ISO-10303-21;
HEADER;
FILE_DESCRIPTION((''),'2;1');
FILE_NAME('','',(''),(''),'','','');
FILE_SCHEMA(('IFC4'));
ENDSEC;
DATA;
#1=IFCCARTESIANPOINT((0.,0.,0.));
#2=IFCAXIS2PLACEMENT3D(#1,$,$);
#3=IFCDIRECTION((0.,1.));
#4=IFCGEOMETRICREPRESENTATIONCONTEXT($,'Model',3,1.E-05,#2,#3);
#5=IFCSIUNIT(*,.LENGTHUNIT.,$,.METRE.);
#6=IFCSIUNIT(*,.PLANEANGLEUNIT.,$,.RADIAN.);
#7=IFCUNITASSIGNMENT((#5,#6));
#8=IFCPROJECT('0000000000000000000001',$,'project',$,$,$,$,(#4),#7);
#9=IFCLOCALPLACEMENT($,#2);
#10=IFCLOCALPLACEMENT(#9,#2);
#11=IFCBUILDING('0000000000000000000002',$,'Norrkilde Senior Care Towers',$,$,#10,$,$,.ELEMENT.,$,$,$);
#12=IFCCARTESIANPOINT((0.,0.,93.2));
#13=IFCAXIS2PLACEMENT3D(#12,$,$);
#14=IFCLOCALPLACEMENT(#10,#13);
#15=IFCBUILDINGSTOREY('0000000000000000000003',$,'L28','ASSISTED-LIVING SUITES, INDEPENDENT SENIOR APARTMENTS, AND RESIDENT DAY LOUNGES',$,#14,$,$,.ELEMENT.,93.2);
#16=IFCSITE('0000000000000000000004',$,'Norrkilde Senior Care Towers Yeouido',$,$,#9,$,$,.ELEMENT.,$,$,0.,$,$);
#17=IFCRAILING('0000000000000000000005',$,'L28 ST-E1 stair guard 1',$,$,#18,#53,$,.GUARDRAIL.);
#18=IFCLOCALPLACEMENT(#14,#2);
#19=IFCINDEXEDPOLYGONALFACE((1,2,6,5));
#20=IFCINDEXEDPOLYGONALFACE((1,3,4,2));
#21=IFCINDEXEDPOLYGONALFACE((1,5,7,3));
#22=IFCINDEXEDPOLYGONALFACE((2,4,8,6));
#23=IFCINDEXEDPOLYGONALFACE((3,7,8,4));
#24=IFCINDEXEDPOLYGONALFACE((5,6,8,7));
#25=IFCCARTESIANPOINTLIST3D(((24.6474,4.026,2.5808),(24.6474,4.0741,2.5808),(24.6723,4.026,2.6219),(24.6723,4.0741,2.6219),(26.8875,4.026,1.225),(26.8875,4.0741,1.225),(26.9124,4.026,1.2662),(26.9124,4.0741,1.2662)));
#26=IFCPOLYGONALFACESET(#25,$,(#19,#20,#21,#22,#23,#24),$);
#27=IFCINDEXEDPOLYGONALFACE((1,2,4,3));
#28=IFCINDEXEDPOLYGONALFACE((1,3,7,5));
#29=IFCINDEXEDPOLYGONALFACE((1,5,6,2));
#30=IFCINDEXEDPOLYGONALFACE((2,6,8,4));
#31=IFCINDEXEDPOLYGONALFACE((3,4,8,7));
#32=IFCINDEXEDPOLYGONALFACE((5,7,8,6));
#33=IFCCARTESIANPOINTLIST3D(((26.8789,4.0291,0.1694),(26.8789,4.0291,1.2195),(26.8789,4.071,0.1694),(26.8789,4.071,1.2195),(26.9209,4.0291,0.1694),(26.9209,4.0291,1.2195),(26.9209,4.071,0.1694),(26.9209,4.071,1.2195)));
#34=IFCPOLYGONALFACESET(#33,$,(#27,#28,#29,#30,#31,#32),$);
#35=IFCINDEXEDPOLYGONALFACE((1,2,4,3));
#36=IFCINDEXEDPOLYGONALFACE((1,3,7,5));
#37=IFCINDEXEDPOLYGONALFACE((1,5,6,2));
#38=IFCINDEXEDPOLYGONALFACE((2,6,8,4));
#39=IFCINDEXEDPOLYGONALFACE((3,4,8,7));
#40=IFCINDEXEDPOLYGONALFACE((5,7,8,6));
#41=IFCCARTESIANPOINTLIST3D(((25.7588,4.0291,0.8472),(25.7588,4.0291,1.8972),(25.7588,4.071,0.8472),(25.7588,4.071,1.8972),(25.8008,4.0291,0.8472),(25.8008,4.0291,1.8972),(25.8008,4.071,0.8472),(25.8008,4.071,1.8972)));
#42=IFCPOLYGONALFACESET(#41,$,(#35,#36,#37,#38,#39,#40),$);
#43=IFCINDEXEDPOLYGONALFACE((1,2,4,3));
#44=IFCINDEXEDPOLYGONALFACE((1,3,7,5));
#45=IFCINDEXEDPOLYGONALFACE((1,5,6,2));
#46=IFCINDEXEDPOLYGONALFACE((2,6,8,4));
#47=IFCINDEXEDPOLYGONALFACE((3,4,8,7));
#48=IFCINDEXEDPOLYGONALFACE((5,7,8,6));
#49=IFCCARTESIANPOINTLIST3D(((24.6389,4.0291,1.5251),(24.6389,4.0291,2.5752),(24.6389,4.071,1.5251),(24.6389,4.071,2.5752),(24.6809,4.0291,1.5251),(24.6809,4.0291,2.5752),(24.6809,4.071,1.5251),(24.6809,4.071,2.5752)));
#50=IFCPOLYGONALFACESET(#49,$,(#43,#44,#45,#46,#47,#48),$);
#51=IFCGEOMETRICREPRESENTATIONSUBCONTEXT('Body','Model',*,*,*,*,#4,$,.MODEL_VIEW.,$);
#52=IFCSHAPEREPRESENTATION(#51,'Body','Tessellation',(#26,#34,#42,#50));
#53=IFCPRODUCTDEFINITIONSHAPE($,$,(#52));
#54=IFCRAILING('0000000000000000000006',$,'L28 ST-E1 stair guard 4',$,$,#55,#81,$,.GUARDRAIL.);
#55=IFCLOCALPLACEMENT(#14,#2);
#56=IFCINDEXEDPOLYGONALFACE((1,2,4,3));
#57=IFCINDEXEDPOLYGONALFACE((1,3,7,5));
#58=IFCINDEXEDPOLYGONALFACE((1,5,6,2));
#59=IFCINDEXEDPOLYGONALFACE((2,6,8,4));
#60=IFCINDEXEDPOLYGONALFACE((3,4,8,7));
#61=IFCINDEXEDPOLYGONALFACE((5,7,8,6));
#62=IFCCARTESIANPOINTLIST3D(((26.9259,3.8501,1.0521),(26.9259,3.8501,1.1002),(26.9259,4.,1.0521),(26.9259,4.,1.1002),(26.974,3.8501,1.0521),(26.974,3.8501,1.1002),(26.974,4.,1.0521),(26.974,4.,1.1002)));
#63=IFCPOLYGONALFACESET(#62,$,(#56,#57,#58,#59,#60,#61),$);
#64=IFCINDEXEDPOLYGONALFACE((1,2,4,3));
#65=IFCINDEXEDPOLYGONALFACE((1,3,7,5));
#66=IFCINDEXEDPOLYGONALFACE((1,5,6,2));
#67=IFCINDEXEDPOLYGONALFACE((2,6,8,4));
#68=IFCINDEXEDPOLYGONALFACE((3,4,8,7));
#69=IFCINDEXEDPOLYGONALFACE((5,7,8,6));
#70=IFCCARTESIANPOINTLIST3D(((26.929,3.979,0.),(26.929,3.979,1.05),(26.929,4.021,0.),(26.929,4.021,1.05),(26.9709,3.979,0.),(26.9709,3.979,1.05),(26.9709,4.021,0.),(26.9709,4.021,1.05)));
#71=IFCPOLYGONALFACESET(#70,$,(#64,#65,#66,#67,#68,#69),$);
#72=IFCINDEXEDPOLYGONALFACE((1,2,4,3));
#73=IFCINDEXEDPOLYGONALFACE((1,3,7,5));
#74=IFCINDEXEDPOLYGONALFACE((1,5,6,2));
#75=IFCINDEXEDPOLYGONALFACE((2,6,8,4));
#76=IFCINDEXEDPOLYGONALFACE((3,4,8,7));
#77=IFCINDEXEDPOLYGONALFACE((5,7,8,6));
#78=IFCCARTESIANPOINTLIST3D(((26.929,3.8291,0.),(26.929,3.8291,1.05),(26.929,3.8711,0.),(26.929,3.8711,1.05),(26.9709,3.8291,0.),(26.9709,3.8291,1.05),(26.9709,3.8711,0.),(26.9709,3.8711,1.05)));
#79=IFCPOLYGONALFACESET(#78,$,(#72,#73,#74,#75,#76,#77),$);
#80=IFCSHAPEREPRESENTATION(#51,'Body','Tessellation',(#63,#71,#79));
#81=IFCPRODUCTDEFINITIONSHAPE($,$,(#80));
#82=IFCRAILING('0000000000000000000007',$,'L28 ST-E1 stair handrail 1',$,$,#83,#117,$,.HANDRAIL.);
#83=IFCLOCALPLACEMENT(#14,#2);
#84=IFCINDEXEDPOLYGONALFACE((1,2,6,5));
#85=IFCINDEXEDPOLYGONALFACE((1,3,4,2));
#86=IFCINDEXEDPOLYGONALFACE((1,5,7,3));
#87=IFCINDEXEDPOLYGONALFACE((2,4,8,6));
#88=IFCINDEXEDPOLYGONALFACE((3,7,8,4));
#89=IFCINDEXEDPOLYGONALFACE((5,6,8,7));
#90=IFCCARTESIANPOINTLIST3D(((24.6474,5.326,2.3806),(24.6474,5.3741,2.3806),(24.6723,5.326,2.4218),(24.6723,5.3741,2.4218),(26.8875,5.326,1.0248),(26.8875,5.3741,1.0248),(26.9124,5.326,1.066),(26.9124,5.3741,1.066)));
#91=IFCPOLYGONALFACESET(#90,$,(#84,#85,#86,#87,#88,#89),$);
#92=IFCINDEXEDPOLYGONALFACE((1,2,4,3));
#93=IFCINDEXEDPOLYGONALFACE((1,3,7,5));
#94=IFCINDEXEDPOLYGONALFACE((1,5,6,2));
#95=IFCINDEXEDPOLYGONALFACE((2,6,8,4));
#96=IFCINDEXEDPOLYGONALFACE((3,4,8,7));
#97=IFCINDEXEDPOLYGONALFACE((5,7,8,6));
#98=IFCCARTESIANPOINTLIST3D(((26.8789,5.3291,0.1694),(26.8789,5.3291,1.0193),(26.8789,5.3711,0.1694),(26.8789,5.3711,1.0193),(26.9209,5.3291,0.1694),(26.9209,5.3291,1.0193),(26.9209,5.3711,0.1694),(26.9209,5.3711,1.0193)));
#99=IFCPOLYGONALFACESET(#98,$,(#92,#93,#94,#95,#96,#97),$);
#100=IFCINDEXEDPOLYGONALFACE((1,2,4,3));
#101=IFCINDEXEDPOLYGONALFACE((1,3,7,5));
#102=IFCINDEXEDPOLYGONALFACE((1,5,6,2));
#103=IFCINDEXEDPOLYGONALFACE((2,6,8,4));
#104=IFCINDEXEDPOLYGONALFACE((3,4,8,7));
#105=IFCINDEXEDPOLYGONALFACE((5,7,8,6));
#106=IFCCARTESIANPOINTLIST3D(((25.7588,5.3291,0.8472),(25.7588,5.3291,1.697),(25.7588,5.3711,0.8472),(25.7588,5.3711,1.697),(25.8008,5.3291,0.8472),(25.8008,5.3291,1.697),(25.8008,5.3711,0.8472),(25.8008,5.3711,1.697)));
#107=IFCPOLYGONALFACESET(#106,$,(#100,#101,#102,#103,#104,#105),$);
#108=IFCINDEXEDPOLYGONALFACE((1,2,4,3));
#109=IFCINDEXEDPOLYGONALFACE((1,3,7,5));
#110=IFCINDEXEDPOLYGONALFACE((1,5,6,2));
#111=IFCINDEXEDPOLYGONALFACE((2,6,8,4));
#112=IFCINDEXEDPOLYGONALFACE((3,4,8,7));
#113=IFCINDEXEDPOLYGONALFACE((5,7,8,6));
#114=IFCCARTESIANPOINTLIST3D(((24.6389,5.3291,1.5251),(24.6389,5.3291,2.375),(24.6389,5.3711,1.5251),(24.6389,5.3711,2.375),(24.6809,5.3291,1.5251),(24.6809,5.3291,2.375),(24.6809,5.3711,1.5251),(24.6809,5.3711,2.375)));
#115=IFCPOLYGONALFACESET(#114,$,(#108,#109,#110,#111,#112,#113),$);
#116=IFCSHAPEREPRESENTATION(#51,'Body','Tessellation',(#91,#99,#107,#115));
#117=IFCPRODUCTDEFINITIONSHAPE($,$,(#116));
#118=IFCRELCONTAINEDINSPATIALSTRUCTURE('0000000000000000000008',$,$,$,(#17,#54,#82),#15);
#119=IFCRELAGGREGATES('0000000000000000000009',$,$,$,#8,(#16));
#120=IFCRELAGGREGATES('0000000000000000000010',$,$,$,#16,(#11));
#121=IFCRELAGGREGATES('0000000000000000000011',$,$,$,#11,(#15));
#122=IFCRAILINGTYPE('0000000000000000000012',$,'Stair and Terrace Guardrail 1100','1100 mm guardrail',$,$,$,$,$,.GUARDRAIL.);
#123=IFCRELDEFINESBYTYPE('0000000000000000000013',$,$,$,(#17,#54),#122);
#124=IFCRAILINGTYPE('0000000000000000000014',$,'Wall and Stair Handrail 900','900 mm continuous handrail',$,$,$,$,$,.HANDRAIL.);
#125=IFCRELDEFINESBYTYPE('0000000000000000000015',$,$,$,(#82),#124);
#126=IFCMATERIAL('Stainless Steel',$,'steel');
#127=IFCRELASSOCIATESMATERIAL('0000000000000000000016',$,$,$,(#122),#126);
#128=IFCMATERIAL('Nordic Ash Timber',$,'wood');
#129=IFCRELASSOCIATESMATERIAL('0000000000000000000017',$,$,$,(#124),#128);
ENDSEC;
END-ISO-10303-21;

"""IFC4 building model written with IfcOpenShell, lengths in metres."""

from ifc_helpers import new_model, si_unit, direction, frame, origin, origin_2d, place, context, subcontext, project, spatial, rectangle, extrude, material, type_object, element, save


model = new_model("IFC4")

# Units and contexts
model_context = context("Model", 3, precision=1e-05, world=origin(), true_north=direction((0.0, 1.0)))
body_context = subcontext(model_context, "Body", "Model", "MODEL_VIEW")
ifc_project = project(units=[si_unit("LENGTHUNIT", "METRE"), si_unit("PLANEANGLEUNIT", "RADIAN")], contexts=[model_context])

# Site, building, storey
site_placement = place(None, origin())
site = spatial("IfcSite", under=ifc_project, at=site_placement, Name="Norrkilde Senior Care Towers Yeouido", CompositionType="ELEMENT", RefElevation=0.0)
building_placement = place(site_placement, origin())
building = spatial("IfcBuilding", under=site, at=building_placement, Name="Norrkilde Senior Care Towers", CompositionType="ELEMENT")
storey_placement = place(building_placement, frame((0.0, 0.0, 93.2)))
storey = spatial("IfcBuildingStorey", under=building, at=storey_placement, Name="L28", Description="ASSISTED-LIVING SUITES, INDEPENDENT SENIOR APARTMENTS, AND RESIDENT DAY LOUNGES", CompositionType="ELEMENT", Elevation=93.2)

# Shared definitions
ifc_material_1 = material(Name="Stainless Steel", Category="steel")

# Shared definitions
ifc_material_2 = material(Name="Nordic Ash Timber", Category="wood")

# Railings
railing_type_1 = type_object("IfcRailingType", Name="Stair and Terrace Guardrail 1100", Description="1100 mm guardrail", PredefinedType="GUARDRAIL", material=ifc_material_1)
railing_1_placement = place(storey_placement, frame((26.8999, 4.05, 0.1694)))
element("IfcRailing", 1, at=railing_1_placement, inside=storey, type_object=railing_type_1, Name="L28 ST-E1 stair guard 1", PredefinedType="GUARDRAIL", context=body_context, shape_type="SweptSolid", body=[
    extrude(rectangle(XDim=0.0481, YDim=0.0481, at=origin_2d()), frame((0.0, 0.0, 1.0762), z_axis=(-0.855512, 0.0, 0.517783), x_axis=(0.0, -1.0, 0.0)), (0.0, 0.0, 1.0), 2.6184),
    extrude(rectangle(XDim=0.042, YDim=0.042, at=origin_2d()), origin(), (0.0, 0.0, 1.0), 1.05),
    extrude(rectangle(XDim=0.042, YDim=0.042, at=origin_2d()), frame((-1.1201, 0.0, 0.6777)), (0.0, 0.0, 1.0), 1.05),
    extrude(rectangle(XDim=0.042, YDim=0.042, at=origin_2d()), frame((-2.24, 0.0, 1.3557)), (0.0, 0.0, 1.0), 1.05),
])
railing_2_placement = place(storey_placement, frame((26.95, 4.0, 0.0)))
element("IfcRailing", 2, at=railing_2_placement, inside=storey, type_object=railing_type_1, Name="L28 ST-E1 stair guard 4", PredefinedType="GUARDRAIL", context=body_context, shape_type="SweptSolid", body=[
    extrude(rectangle(XDim=0.0481, YDim=0.0481, at=origin_2d()), frame((0.0, 0.0, 1.0762), z_axis=(0.0, -1.0, 0.0), x_axis=(1.0, 0.0, 0.0)), (0.0, 0.0, 1.0), 0.1499),
    extrude(rectangle(XDim=0.042, YDim=0.042, at=origin_2d()), origin(), (0.0, 0.0, 1.0), 1.05),
    extrude(rectangle(XDim=0.042, YDim=0.042, at=origin_2d()), frame((0.0, -0.1499, 0.0)), (0.0, 0.0, 1.0), 1.05),
])
railing_type_2 = type_object("IfcRailingType", Name="Wall and Stair Handrail 900", Description="900 mm continuous handrail", PredefinedType="HANDRAIL", material=ifc_material_2)
railing_3_placement = place(storey_placement, frame((26.8999, 5.3501, 0.1694)))
element("IfcRailing", 3, at=railing_3_placement, inside=storey, type_object=railing_type_2, Name="L28 ST-E1 stair handrail 1", PredefinedType="HANDRAIL", context=body_context, shape_type="SweptSolid", body=[
    extrude(rectangle(XDim=0.0481, YDim=0.0481, at=origin_2d()), frame((0.0, 0.0, 0.876), z_axis=(-0.855512, 0.0, 0.517783), x_axis=(0.0, -1.0, 0.0)), (0.0, 0.0, 1.0), 2.6184),
    extrude(rectangle(XDim=0.042, YDim=0.042, at=origin_2d()), origin(), (0.0, 0.0, 1.0), 0.8499),
    extrude(rectangle(XDim=0.042, YDim=0.042, at=origin_2d()), frame((-1.1201, 0.0, 0.6777)), (0.0, 0.0, 1.0), 0.8499),
    extrude(rectangle(XDim=0.042, YDim=0.042, at=origin_2d()), frame((-2.24, 0.0, 1.3557)), (0.0, 0.0, 1.0), 0.8499),
])

save(model, "model.ifc")
